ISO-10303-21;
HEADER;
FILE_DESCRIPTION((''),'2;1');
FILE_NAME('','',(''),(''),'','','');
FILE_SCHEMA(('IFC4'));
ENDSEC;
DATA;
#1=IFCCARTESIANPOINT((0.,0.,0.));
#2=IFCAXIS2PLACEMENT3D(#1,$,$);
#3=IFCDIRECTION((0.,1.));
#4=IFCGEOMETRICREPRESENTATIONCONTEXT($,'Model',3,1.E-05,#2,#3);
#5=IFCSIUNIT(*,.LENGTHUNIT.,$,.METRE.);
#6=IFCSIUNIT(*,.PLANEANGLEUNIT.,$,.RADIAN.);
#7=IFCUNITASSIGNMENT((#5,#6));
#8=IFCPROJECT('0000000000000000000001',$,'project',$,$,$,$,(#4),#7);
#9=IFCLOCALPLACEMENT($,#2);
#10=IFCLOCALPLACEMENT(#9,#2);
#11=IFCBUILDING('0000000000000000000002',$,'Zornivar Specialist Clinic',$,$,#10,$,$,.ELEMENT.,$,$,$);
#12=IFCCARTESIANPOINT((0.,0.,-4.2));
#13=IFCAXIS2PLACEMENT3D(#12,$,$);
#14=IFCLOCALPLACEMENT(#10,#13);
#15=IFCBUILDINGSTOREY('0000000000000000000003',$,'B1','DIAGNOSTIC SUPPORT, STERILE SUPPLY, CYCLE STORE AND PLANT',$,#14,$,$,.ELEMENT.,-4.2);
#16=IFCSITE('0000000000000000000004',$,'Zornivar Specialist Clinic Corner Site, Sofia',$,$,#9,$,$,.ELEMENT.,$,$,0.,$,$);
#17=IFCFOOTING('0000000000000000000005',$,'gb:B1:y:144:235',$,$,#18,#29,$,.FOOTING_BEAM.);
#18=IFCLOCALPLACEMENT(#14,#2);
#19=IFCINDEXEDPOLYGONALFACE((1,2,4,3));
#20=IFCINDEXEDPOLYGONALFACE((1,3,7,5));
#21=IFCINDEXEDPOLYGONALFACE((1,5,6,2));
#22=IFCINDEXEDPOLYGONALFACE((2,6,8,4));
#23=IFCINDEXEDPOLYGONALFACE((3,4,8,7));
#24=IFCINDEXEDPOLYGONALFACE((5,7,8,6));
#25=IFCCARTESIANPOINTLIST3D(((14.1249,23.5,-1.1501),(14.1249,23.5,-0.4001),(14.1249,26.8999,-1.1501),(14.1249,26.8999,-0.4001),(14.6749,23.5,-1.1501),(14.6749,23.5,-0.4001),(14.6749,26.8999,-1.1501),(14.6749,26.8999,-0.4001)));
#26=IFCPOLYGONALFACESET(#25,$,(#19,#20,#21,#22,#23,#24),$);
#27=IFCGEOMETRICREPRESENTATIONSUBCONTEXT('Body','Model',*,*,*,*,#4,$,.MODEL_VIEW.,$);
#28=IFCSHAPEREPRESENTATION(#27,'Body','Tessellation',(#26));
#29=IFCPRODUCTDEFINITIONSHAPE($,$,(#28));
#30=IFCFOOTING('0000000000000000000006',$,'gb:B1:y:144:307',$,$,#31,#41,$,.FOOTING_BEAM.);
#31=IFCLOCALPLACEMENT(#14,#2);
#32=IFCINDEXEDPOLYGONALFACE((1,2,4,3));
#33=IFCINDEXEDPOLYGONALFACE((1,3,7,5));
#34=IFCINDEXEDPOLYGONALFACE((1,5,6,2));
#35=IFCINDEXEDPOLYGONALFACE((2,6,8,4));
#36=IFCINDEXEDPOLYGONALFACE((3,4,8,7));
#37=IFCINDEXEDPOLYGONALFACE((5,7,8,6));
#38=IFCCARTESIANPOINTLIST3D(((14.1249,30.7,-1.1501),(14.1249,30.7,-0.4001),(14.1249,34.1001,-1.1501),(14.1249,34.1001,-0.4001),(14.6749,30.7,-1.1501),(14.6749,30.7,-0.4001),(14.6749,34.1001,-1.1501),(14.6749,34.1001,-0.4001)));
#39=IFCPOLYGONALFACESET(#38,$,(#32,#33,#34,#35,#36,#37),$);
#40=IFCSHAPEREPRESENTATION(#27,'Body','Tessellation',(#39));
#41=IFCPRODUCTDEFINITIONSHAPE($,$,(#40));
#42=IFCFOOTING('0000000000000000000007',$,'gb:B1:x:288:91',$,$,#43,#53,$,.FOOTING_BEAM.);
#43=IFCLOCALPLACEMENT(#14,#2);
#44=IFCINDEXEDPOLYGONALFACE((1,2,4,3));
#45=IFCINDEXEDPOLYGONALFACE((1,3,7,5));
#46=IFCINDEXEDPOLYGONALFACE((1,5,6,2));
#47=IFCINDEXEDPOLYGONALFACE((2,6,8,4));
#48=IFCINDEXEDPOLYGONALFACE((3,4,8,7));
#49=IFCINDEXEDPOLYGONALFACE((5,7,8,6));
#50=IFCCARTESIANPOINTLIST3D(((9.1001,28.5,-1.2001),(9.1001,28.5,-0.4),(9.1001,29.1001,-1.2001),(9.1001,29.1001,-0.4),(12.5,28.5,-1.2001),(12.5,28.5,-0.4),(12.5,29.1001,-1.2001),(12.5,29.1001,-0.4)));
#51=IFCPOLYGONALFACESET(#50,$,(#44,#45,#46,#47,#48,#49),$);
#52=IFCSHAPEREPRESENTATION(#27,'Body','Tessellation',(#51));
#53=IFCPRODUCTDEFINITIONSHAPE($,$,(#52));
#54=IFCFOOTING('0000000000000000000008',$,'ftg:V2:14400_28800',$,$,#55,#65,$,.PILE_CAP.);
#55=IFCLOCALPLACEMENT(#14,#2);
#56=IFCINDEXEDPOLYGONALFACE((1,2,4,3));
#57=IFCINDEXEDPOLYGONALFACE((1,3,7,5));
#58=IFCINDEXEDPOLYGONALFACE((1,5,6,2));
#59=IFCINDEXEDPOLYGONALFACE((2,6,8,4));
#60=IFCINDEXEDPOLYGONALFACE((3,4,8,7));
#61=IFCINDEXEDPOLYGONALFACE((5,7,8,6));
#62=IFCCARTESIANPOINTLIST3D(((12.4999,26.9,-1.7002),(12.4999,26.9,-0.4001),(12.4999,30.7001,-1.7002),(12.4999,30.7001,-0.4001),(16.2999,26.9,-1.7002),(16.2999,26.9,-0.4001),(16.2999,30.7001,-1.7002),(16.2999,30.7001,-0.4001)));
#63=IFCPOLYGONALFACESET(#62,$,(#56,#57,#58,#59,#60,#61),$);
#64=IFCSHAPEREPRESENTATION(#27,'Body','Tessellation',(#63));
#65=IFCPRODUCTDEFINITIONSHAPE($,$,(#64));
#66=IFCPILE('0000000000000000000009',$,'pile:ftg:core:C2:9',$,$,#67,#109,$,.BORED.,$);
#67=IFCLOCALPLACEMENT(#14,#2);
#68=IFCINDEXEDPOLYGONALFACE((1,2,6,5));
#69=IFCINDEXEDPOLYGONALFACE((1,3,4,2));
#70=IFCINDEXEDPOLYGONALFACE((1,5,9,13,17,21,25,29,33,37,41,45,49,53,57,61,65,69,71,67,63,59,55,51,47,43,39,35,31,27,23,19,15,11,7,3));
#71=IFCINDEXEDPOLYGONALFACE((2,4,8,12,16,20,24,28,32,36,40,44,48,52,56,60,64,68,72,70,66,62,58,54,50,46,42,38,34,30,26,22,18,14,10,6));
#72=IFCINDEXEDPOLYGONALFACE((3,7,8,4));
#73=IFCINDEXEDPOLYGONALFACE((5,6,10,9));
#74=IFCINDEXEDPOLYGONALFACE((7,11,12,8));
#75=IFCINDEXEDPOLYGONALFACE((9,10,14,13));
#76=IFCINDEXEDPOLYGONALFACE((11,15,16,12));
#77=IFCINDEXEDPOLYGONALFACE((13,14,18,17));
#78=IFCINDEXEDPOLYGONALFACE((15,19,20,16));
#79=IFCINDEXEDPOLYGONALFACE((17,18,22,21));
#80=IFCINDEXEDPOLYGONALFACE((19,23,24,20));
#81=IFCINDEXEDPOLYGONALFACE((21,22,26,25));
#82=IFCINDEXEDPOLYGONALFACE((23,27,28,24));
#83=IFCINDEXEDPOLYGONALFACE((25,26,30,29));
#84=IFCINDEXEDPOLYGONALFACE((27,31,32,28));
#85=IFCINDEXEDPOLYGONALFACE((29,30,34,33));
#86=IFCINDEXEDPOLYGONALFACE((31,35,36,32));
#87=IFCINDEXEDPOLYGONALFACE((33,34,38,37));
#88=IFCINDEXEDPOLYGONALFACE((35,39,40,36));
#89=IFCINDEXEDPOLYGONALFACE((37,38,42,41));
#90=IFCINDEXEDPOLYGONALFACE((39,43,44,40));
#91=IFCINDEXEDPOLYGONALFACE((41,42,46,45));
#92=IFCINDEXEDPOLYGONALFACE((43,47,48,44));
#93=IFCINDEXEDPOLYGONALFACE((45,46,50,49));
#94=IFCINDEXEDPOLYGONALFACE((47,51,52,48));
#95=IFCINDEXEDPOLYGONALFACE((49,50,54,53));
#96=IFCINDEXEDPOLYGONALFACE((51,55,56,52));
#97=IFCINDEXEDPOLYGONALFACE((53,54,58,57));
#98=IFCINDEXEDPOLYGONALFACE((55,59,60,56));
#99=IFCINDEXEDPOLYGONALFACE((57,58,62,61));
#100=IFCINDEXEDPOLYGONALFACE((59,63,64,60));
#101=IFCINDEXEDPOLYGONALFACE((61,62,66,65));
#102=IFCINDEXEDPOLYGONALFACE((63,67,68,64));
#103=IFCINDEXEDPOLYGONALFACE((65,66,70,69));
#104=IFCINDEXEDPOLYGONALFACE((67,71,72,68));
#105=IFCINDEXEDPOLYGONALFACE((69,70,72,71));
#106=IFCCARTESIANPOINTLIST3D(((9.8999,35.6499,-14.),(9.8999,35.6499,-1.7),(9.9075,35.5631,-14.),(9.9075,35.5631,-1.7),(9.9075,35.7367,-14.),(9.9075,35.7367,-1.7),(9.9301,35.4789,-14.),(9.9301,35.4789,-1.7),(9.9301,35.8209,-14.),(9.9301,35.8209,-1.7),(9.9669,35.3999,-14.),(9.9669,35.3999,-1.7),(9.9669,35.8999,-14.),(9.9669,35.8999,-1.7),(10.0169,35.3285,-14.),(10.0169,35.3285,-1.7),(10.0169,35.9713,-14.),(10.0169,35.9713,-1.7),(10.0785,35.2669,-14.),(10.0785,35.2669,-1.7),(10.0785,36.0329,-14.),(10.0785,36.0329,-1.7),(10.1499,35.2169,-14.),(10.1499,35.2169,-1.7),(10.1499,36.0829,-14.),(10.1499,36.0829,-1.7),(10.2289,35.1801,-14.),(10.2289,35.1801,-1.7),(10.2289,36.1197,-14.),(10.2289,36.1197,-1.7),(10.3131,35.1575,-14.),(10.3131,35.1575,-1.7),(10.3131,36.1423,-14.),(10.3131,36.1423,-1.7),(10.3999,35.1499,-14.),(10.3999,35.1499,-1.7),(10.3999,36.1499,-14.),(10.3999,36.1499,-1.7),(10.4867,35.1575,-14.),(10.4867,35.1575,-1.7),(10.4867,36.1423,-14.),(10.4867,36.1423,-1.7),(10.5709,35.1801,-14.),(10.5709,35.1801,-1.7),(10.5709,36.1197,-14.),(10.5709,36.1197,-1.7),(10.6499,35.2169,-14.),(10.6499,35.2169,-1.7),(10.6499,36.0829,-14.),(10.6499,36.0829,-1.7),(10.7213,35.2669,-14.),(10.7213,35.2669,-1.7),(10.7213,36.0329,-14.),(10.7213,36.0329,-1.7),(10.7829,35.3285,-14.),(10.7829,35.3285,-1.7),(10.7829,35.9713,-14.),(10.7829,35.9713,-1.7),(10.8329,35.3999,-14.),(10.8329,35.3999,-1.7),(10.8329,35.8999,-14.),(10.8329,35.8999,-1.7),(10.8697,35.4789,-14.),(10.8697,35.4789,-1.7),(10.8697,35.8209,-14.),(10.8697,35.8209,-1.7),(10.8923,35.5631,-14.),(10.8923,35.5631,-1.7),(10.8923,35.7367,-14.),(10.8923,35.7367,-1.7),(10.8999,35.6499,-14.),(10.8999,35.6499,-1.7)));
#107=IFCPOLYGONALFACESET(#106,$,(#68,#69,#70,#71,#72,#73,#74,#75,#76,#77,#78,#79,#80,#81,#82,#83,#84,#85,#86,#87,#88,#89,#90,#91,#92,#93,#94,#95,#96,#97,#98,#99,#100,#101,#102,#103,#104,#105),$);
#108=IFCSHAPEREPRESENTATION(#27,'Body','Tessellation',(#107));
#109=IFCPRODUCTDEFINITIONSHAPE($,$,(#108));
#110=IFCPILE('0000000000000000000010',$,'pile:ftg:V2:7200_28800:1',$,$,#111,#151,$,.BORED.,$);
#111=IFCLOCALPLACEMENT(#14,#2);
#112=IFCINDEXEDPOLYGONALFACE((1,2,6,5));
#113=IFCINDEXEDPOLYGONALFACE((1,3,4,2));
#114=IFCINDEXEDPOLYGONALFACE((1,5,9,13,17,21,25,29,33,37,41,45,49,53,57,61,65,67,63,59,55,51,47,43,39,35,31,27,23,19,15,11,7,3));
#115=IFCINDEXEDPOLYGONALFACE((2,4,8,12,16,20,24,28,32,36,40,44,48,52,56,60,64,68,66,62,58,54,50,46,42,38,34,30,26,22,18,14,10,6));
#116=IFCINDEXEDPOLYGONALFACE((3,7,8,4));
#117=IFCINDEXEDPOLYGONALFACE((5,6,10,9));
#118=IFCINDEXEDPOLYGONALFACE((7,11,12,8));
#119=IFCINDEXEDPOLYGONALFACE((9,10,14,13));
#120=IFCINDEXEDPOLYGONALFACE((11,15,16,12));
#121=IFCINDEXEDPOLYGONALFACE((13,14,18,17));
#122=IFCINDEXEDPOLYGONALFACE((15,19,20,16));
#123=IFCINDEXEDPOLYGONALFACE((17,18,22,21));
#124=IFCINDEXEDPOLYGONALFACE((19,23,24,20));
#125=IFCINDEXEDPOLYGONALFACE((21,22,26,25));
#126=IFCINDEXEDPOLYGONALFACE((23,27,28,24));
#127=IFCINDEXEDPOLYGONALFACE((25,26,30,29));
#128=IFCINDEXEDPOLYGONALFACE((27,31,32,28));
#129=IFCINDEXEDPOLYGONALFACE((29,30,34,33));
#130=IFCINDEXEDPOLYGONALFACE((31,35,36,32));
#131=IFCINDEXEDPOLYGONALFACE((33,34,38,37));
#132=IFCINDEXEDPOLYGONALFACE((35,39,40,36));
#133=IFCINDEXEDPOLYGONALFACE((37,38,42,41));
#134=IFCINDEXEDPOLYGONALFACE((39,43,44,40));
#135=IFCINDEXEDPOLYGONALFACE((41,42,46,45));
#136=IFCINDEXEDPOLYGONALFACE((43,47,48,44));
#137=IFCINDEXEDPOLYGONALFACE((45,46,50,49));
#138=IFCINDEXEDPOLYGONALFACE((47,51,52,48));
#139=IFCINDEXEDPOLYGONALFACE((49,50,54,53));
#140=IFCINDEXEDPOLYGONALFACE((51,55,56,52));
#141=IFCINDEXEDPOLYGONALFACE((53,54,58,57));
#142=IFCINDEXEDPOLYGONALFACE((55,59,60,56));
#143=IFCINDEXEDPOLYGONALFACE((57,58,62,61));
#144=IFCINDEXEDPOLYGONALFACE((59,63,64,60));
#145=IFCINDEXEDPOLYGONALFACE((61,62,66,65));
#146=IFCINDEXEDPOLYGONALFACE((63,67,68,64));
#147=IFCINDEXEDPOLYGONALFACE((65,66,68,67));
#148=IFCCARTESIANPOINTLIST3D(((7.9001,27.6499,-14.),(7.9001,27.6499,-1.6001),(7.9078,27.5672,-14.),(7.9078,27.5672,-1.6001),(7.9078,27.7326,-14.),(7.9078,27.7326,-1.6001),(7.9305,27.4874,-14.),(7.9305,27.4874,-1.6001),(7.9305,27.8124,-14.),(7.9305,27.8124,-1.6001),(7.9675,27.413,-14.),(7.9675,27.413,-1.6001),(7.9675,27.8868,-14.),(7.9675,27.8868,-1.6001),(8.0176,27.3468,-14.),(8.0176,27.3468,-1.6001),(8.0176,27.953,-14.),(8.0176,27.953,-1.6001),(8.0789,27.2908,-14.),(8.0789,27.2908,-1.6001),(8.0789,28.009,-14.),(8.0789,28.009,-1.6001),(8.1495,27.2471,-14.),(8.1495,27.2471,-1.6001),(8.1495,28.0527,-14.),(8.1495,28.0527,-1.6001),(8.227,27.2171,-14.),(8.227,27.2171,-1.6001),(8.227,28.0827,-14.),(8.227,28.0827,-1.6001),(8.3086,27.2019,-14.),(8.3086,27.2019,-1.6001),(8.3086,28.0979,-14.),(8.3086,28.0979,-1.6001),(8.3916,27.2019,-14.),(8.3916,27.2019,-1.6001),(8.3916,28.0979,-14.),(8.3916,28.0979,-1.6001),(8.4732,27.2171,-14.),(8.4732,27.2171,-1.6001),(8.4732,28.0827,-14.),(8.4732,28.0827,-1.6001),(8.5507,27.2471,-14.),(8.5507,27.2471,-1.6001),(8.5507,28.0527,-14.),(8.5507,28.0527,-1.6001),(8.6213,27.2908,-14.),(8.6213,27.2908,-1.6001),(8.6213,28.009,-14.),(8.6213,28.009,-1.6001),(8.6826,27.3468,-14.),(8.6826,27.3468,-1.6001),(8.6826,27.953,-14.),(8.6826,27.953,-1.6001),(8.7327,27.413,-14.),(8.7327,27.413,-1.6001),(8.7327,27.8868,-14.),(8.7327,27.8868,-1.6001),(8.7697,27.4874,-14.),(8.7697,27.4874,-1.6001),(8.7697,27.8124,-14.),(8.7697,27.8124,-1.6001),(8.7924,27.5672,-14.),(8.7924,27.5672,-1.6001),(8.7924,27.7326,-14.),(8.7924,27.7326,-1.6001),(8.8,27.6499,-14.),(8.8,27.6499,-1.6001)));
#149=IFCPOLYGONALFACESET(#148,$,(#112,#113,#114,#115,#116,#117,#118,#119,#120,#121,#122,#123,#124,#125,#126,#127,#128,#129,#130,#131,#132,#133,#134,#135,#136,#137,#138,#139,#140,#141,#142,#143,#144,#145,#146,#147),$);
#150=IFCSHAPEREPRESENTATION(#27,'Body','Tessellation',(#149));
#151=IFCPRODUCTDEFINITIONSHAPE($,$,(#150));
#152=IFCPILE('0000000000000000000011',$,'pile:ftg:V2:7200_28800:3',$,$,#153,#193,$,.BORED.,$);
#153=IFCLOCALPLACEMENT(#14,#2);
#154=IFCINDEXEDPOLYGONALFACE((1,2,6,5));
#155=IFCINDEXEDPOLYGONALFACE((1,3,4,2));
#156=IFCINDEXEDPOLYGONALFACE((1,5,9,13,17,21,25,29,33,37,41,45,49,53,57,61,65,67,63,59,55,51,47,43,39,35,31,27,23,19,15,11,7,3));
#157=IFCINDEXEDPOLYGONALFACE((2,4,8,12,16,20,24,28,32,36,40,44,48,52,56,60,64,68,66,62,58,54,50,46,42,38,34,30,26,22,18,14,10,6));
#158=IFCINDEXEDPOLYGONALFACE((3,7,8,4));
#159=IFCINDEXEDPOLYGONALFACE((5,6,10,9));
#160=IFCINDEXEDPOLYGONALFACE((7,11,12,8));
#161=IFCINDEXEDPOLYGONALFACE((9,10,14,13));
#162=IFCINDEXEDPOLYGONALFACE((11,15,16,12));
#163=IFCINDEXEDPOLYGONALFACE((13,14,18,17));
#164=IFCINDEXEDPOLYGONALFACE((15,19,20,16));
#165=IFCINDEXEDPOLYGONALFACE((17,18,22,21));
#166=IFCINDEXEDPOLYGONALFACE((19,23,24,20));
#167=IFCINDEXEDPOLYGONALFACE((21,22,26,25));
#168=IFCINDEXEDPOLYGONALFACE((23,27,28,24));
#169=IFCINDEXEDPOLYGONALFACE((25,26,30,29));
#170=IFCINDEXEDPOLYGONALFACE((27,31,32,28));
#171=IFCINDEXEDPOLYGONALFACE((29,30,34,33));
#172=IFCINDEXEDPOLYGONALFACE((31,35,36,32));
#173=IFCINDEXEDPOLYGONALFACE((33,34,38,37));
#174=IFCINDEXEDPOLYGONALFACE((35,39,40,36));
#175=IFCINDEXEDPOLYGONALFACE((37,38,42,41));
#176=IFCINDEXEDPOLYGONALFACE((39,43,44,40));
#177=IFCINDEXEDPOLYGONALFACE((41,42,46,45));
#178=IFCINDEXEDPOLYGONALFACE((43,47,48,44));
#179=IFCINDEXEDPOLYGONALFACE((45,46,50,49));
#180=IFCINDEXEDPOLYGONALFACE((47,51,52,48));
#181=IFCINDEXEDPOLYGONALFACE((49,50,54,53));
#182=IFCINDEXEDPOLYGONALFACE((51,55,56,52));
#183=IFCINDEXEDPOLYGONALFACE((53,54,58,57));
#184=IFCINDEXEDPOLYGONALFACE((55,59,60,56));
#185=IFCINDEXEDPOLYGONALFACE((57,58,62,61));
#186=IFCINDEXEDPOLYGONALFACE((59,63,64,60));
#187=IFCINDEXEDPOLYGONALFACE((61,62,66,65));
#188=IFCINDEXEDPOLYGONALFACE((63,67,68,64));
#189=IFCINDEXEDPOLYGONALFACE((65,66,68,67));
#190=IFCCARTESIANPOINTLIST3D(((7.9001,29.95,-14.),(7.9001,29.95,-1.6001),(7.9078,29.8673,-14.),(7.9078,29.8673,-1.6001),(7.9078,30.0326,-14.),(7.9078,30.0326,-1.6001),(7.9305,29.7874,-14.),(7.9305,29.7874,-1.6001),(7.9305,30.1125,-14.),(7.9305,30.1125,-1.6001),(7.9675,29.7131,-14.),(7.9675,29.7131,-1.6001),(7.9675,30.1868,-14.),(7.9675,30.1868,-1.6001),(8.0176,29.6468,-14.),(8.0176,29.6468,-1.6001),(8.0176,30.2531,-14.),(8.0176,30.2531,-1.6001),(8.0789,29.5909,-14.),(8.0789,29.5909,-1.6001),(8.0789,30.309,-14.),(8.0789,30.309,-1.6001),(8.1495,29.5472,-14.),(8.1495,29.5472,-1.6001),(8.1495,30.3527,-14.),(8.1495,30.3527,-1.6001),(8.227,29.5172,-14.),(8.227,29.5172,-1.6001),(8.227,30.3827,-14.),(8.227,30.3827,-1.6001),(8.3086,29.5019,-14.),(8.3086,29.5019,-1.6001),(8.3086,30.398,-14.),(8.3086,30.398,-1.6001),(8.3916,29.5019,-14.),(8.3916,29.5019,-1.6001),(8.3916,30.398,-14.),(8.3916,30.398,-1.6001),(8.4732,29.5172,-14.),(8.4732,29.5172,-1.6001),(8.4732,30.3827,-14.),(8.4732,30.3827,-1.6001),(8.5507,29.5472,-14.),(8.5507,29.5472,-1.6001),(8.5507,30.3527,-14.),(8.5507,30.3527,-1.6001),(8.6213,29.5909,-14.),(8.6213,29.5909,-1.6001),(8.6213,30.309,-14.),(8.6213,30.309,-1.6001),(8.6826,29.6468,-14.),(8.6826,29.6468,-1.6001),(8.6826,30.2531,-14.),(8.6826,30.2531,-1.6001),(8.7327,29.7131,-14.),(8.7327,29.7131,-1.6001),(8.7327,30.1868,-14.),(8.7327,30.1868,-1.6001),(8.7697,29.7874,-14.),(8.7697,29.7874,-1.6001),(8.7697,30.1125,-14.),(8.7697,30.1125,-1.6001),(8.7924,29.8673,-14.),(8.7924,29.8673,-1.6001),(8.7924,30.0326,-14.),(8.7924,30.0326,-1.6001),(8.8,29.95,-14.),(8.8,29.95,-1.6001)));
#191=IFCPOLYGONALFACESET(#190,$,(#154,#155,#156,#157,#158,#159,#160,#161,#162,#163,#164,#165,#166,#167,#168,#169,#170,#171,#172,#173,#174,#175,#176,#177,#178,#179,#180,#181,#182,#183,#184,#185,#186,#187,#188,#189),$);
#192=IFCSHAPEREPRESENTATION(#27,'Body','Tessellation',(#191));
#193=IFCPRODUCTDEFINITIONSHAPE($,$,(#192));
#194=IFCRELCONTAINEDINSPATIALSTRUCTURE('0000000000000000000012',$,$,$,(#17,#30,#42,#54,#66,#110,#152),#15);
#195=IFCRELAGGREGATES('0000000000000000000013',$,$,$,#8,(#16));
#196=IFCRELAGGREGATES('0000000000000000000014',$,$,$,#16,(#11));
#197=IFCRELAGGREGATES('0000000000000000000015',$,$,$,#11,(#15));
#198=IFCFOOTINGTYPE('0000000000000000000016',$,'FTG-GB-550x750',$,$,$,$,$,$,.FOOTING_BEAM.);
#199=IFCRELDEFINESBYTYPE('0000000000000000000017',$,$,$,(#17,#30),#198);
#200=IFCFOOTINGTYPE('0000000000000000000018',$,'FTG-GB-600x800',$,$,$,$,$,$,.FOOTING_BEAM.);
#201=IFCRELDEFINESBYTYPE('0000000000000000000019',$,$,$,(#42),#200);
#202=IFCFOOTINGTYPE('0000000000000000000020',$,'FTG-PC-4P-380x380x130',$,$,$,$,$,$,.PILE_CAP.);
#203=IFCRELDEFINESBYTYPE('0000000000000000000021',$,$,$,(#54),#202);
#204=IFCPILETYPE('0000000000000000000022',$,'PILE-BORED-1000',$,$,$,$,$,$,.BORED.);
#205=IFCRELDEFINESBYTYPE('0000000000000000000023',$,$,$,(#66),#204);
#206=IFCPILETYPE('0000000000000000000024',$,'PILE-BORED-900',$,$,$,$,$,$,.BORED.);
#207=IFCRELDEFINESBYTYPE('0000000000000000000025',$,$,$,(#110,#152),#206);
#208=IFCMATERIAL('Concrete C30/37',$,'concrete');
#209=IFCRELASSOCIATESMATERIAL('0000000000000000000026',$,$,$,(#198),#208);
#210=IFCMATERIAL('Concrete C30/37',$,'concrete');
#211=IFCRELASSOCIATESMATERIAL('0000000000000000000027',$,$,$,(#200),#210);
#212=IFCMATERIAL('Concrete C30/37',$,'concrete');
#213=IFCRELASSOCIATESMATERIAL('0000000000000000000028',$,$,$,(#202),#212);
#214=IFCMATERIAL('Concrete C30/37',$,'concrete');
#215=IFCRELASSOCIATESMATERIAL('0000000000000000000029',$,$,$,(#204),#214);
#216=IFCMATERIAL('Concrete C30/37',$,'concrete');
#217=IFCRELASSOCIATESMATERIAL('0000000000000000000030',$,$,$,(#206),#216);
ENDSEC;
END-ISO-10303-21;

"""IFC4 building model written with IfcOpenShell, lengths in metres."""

from ifc_helpers import new_model, si_unit, direction, frame, origin, origin_2d, place, context, subcontext, project, spatial, rectangle, circle, extrude, material, material_profile, profile_set, type_object, element, save


model = new_model("IFC4")

# Units and contexts
model_context = context("Model", 3, precision=1e-05, world=origin(), true_north=direction((0.0, 1.0)))
body_context = subcontext(model_context, "Body", "Model", "MODEL_VIEW")
ifc_project = project(units=[si_unit("LENGTHUNIT", "METRE"), si_unit("PLANEANGLEUNIT", "RADIAN")], contexts=[model_context])

# Site, building, storey
site_placement = place(None, origin())
site = spatial("IfcSite", under=ifc_project, at=site_placement, Name="Zornivar Specialist Clinic Corner Site, Sofia", CompositionType="ELEMENT", RefElevation=0.0)
building_placement = place(site_placement, origin())
building = spatial("IfcBuilding", under=site, at=building_placement, Name="Zornivar Specialist Clinic", CompositionType="ELEMENT")
storey_placement = place(building_placement, frame((0.0, 0.0, -4.2)))
storey = spatial("IfcBuildingStorey", under=building, at=storey_placement, Name="B1", Description="DIAGNOSTIC SUPPORT, STERILE SUPPLY, CYCLE STORE AND PLANT", CompositionType="ELEMENT", Elevation=-4.2)

# Footings
ifc_material_1 = material(Name="Concrete C30/37", Category="concrete")
ifc_material_profile_1 = material_profile(ifc_material_1, rectangle(XDim=0.55, YDim=0.75, at=origin_2d()), Name="RC 550x750")
ifc_profile_set_1 = profile_set([ifc_material_profile_1], Name="Concrete C30/37")
footing_type_1 = type_object("IfcFootingType", Name="FTG-GB-550x750", PredefinedType="FOOTING_BEAM", material=ifc_profile_set_1)
footing_1_placement = place(storey_placement, frame((14.3999, 23.5, -0.7751), z_axis=(0.0, 1.0, 0.0), x_axis=(-1.0, 0.0, 0.0)))
element("IfcFooting", 1, at=footing_1_placement, inside=storey, type_object=footing_type_1, Name="gb:B1:y:144:235", PredefinedType="FOOTING_BEAM", context=body_context, shape_type="SweptSolid", body=[
    extrude(rectangle(XDim=0.55, YDim=0.75, at=origin_2d()), origin(), (0.0, 0.0, 1.0), 3.3999),
])
footing_2_placement = place(storey_placement, frame((14.3999, 30.7, -0.7751), z_axis=(0.0, 1.0, 0.0), x_axis=(-1.0, 0.0, 0.0)))
element("IfcFooting", 2, at=footing_2_placement, inside=storey, type_object=footing_type_1, Name="gb:B1:y:144:307", PredefinedType="FOOTING_BEAM", context=body_context, shape_type="SweptSolid", body=[
    extrude(rectangle(XDim=0.55, YDim=0.75, at=origin_2d()), origin(), (0.0, 0.0, 1.0), 3.4001),
])
ifc_material_2 = material(Name="Concrete C30/37", Category="concrete")
ifc_material_profile_2 = material_profile(ifc_material_2, rectangle(XDim=0.6001, YDim=0.8, at=origin_2d()), Name="RC 600x800")
ifc_profile_set_2 = profile_set([ifc_material_profile_2], Name="Concrete C30/37")
footing_type_2 = type_object("IfcFootingType", Name="FTG-GB-600x800", PredefinedType="FOOTING_BEAM", material=ifc_profile_set_2)
footing_3_placement = place(storey_placement, frame((9.1001, 28.8, -0.8), z_axis=(1.0, 0.0, 0.0), x_axis=(0.0, 1.0, 0.0)))
element("IfcFooting", 3, at=footing_3_placement, inside=storey, type_object=footing_type_2, Name="gb:B1:x:288:91", PredefinedType="FOOTING_BEAM", context=body_context, shape_type="SweptSolid", body=[
    extrude(rectangle(XDim=0.6001, YDim=0.8, at=origin_2d()), origin(), (0.0, 0.0, 1.0), 3.3999),
])
ifc_material_3 = material(Name="Concrete C30/37", Category="concrete")
footing_type_3 = type_object("IfcFootingType", Name="FTG-PC-4P-380x380x130", PredefinedType="PILE_CAP", material=ifc_material_3)
footing_4_placement = place(storey_placement, frame((14.3999, 28.8, -1.7002), z_axis=(0.0, 0.0, 1.0), x_axis=(1.0, 0.0, 0.0)))
element("IfcFooting", 4, at=footing_4_placement, inside=storey, type_object=footing_type_3, Name="ftg:V2:14400_28800", PredefinedType="PILE_CAP", context=body_context, shape_type="SweptSolid", body=[
    extrude(rectangle(XDim=3.8, YDim=3.8, at=origin_2d()), origin(), (0.0, 0.0, 1.0), 1.3),
])

# Piles
ifc_material_4 = material(Name="Concrete C30/37", Category="concrete")
ifc_material_profile_3 = material_profile(ifc_material_4, circle(Radius=0.5, at=origin_2d()), Name="PILE D1000")
ifc_profile_set_3 = profile_set([ifc_material_profile_3], Name="Concrete C30/37")
pile_type_1 = type_object("IfcPileType", Name="PILE-BORED-1000", PredefinedType="BORED", material=ifc_profile_set_3)
pile_placement = place(storey_placement, frame((10.3999, 35.6499, -1.7), z_axis=(0.0, 0.0, -1.0), x_axis=(1.0, 0.0, 0.0)))
element("IfcPile", 5, at=pile_placement, inside=storey, type_object=pile_type_1, Name="pile:ftg:core:C2:9", PredefinedType="BORED", context=body_context, shape_type="SweptSolid", body=[
    extrude(circle(Radius=0.5, at=origin_2d()), origin(), (0.0, 0.0, 1.0), 12.3),
])
ifc_material_5 = material(Name="Concrete C30/37", Category="concrete")
ifc_material_profile_4 = material_profile(ifc_material_5, circle(Radius=0.45, at=origin_2d()), Name="PILE D900")
ifc_profile_set_4 = profile_set([ifc_material_profile_4], Name="Concrete C30/37")
pile_type_2 = type_object("IfcPileType", Name="PILE-BORED-900", PredefinedType="BORED", material=ifc_profile_set_4)
for number, where, z_axis, x_axis, name in (
    (6, (8.3501, 27.6499, -1.6001), (0.0, 0.0, -1.0), (1.0, 0.0, 0.0), "pile:ftg:V2:7200_28800:1"),
    (7, (8.3501, 29.95, -1.6001), (0.0, 0.0, -1.0), (1.0, 0.0, 0.0), "pile:ftg:V2:7200_28800:3"),
):
    element("IfcPile", number, at=place(storey_placement, frame(where, z_axis=z_axis, x_axis=x_axis)), inside=storey, type_object=pile_type_2, Name=name, PredefinedType="BORED", context=body_context, shape_type="SweptSolid", body=[
        extrude(circle(Radius=0.45, at=origin_2d()), origin(), (0.0, 0.0, 1.0), 12.3999),
    ])

save(model, "model.ifc")
